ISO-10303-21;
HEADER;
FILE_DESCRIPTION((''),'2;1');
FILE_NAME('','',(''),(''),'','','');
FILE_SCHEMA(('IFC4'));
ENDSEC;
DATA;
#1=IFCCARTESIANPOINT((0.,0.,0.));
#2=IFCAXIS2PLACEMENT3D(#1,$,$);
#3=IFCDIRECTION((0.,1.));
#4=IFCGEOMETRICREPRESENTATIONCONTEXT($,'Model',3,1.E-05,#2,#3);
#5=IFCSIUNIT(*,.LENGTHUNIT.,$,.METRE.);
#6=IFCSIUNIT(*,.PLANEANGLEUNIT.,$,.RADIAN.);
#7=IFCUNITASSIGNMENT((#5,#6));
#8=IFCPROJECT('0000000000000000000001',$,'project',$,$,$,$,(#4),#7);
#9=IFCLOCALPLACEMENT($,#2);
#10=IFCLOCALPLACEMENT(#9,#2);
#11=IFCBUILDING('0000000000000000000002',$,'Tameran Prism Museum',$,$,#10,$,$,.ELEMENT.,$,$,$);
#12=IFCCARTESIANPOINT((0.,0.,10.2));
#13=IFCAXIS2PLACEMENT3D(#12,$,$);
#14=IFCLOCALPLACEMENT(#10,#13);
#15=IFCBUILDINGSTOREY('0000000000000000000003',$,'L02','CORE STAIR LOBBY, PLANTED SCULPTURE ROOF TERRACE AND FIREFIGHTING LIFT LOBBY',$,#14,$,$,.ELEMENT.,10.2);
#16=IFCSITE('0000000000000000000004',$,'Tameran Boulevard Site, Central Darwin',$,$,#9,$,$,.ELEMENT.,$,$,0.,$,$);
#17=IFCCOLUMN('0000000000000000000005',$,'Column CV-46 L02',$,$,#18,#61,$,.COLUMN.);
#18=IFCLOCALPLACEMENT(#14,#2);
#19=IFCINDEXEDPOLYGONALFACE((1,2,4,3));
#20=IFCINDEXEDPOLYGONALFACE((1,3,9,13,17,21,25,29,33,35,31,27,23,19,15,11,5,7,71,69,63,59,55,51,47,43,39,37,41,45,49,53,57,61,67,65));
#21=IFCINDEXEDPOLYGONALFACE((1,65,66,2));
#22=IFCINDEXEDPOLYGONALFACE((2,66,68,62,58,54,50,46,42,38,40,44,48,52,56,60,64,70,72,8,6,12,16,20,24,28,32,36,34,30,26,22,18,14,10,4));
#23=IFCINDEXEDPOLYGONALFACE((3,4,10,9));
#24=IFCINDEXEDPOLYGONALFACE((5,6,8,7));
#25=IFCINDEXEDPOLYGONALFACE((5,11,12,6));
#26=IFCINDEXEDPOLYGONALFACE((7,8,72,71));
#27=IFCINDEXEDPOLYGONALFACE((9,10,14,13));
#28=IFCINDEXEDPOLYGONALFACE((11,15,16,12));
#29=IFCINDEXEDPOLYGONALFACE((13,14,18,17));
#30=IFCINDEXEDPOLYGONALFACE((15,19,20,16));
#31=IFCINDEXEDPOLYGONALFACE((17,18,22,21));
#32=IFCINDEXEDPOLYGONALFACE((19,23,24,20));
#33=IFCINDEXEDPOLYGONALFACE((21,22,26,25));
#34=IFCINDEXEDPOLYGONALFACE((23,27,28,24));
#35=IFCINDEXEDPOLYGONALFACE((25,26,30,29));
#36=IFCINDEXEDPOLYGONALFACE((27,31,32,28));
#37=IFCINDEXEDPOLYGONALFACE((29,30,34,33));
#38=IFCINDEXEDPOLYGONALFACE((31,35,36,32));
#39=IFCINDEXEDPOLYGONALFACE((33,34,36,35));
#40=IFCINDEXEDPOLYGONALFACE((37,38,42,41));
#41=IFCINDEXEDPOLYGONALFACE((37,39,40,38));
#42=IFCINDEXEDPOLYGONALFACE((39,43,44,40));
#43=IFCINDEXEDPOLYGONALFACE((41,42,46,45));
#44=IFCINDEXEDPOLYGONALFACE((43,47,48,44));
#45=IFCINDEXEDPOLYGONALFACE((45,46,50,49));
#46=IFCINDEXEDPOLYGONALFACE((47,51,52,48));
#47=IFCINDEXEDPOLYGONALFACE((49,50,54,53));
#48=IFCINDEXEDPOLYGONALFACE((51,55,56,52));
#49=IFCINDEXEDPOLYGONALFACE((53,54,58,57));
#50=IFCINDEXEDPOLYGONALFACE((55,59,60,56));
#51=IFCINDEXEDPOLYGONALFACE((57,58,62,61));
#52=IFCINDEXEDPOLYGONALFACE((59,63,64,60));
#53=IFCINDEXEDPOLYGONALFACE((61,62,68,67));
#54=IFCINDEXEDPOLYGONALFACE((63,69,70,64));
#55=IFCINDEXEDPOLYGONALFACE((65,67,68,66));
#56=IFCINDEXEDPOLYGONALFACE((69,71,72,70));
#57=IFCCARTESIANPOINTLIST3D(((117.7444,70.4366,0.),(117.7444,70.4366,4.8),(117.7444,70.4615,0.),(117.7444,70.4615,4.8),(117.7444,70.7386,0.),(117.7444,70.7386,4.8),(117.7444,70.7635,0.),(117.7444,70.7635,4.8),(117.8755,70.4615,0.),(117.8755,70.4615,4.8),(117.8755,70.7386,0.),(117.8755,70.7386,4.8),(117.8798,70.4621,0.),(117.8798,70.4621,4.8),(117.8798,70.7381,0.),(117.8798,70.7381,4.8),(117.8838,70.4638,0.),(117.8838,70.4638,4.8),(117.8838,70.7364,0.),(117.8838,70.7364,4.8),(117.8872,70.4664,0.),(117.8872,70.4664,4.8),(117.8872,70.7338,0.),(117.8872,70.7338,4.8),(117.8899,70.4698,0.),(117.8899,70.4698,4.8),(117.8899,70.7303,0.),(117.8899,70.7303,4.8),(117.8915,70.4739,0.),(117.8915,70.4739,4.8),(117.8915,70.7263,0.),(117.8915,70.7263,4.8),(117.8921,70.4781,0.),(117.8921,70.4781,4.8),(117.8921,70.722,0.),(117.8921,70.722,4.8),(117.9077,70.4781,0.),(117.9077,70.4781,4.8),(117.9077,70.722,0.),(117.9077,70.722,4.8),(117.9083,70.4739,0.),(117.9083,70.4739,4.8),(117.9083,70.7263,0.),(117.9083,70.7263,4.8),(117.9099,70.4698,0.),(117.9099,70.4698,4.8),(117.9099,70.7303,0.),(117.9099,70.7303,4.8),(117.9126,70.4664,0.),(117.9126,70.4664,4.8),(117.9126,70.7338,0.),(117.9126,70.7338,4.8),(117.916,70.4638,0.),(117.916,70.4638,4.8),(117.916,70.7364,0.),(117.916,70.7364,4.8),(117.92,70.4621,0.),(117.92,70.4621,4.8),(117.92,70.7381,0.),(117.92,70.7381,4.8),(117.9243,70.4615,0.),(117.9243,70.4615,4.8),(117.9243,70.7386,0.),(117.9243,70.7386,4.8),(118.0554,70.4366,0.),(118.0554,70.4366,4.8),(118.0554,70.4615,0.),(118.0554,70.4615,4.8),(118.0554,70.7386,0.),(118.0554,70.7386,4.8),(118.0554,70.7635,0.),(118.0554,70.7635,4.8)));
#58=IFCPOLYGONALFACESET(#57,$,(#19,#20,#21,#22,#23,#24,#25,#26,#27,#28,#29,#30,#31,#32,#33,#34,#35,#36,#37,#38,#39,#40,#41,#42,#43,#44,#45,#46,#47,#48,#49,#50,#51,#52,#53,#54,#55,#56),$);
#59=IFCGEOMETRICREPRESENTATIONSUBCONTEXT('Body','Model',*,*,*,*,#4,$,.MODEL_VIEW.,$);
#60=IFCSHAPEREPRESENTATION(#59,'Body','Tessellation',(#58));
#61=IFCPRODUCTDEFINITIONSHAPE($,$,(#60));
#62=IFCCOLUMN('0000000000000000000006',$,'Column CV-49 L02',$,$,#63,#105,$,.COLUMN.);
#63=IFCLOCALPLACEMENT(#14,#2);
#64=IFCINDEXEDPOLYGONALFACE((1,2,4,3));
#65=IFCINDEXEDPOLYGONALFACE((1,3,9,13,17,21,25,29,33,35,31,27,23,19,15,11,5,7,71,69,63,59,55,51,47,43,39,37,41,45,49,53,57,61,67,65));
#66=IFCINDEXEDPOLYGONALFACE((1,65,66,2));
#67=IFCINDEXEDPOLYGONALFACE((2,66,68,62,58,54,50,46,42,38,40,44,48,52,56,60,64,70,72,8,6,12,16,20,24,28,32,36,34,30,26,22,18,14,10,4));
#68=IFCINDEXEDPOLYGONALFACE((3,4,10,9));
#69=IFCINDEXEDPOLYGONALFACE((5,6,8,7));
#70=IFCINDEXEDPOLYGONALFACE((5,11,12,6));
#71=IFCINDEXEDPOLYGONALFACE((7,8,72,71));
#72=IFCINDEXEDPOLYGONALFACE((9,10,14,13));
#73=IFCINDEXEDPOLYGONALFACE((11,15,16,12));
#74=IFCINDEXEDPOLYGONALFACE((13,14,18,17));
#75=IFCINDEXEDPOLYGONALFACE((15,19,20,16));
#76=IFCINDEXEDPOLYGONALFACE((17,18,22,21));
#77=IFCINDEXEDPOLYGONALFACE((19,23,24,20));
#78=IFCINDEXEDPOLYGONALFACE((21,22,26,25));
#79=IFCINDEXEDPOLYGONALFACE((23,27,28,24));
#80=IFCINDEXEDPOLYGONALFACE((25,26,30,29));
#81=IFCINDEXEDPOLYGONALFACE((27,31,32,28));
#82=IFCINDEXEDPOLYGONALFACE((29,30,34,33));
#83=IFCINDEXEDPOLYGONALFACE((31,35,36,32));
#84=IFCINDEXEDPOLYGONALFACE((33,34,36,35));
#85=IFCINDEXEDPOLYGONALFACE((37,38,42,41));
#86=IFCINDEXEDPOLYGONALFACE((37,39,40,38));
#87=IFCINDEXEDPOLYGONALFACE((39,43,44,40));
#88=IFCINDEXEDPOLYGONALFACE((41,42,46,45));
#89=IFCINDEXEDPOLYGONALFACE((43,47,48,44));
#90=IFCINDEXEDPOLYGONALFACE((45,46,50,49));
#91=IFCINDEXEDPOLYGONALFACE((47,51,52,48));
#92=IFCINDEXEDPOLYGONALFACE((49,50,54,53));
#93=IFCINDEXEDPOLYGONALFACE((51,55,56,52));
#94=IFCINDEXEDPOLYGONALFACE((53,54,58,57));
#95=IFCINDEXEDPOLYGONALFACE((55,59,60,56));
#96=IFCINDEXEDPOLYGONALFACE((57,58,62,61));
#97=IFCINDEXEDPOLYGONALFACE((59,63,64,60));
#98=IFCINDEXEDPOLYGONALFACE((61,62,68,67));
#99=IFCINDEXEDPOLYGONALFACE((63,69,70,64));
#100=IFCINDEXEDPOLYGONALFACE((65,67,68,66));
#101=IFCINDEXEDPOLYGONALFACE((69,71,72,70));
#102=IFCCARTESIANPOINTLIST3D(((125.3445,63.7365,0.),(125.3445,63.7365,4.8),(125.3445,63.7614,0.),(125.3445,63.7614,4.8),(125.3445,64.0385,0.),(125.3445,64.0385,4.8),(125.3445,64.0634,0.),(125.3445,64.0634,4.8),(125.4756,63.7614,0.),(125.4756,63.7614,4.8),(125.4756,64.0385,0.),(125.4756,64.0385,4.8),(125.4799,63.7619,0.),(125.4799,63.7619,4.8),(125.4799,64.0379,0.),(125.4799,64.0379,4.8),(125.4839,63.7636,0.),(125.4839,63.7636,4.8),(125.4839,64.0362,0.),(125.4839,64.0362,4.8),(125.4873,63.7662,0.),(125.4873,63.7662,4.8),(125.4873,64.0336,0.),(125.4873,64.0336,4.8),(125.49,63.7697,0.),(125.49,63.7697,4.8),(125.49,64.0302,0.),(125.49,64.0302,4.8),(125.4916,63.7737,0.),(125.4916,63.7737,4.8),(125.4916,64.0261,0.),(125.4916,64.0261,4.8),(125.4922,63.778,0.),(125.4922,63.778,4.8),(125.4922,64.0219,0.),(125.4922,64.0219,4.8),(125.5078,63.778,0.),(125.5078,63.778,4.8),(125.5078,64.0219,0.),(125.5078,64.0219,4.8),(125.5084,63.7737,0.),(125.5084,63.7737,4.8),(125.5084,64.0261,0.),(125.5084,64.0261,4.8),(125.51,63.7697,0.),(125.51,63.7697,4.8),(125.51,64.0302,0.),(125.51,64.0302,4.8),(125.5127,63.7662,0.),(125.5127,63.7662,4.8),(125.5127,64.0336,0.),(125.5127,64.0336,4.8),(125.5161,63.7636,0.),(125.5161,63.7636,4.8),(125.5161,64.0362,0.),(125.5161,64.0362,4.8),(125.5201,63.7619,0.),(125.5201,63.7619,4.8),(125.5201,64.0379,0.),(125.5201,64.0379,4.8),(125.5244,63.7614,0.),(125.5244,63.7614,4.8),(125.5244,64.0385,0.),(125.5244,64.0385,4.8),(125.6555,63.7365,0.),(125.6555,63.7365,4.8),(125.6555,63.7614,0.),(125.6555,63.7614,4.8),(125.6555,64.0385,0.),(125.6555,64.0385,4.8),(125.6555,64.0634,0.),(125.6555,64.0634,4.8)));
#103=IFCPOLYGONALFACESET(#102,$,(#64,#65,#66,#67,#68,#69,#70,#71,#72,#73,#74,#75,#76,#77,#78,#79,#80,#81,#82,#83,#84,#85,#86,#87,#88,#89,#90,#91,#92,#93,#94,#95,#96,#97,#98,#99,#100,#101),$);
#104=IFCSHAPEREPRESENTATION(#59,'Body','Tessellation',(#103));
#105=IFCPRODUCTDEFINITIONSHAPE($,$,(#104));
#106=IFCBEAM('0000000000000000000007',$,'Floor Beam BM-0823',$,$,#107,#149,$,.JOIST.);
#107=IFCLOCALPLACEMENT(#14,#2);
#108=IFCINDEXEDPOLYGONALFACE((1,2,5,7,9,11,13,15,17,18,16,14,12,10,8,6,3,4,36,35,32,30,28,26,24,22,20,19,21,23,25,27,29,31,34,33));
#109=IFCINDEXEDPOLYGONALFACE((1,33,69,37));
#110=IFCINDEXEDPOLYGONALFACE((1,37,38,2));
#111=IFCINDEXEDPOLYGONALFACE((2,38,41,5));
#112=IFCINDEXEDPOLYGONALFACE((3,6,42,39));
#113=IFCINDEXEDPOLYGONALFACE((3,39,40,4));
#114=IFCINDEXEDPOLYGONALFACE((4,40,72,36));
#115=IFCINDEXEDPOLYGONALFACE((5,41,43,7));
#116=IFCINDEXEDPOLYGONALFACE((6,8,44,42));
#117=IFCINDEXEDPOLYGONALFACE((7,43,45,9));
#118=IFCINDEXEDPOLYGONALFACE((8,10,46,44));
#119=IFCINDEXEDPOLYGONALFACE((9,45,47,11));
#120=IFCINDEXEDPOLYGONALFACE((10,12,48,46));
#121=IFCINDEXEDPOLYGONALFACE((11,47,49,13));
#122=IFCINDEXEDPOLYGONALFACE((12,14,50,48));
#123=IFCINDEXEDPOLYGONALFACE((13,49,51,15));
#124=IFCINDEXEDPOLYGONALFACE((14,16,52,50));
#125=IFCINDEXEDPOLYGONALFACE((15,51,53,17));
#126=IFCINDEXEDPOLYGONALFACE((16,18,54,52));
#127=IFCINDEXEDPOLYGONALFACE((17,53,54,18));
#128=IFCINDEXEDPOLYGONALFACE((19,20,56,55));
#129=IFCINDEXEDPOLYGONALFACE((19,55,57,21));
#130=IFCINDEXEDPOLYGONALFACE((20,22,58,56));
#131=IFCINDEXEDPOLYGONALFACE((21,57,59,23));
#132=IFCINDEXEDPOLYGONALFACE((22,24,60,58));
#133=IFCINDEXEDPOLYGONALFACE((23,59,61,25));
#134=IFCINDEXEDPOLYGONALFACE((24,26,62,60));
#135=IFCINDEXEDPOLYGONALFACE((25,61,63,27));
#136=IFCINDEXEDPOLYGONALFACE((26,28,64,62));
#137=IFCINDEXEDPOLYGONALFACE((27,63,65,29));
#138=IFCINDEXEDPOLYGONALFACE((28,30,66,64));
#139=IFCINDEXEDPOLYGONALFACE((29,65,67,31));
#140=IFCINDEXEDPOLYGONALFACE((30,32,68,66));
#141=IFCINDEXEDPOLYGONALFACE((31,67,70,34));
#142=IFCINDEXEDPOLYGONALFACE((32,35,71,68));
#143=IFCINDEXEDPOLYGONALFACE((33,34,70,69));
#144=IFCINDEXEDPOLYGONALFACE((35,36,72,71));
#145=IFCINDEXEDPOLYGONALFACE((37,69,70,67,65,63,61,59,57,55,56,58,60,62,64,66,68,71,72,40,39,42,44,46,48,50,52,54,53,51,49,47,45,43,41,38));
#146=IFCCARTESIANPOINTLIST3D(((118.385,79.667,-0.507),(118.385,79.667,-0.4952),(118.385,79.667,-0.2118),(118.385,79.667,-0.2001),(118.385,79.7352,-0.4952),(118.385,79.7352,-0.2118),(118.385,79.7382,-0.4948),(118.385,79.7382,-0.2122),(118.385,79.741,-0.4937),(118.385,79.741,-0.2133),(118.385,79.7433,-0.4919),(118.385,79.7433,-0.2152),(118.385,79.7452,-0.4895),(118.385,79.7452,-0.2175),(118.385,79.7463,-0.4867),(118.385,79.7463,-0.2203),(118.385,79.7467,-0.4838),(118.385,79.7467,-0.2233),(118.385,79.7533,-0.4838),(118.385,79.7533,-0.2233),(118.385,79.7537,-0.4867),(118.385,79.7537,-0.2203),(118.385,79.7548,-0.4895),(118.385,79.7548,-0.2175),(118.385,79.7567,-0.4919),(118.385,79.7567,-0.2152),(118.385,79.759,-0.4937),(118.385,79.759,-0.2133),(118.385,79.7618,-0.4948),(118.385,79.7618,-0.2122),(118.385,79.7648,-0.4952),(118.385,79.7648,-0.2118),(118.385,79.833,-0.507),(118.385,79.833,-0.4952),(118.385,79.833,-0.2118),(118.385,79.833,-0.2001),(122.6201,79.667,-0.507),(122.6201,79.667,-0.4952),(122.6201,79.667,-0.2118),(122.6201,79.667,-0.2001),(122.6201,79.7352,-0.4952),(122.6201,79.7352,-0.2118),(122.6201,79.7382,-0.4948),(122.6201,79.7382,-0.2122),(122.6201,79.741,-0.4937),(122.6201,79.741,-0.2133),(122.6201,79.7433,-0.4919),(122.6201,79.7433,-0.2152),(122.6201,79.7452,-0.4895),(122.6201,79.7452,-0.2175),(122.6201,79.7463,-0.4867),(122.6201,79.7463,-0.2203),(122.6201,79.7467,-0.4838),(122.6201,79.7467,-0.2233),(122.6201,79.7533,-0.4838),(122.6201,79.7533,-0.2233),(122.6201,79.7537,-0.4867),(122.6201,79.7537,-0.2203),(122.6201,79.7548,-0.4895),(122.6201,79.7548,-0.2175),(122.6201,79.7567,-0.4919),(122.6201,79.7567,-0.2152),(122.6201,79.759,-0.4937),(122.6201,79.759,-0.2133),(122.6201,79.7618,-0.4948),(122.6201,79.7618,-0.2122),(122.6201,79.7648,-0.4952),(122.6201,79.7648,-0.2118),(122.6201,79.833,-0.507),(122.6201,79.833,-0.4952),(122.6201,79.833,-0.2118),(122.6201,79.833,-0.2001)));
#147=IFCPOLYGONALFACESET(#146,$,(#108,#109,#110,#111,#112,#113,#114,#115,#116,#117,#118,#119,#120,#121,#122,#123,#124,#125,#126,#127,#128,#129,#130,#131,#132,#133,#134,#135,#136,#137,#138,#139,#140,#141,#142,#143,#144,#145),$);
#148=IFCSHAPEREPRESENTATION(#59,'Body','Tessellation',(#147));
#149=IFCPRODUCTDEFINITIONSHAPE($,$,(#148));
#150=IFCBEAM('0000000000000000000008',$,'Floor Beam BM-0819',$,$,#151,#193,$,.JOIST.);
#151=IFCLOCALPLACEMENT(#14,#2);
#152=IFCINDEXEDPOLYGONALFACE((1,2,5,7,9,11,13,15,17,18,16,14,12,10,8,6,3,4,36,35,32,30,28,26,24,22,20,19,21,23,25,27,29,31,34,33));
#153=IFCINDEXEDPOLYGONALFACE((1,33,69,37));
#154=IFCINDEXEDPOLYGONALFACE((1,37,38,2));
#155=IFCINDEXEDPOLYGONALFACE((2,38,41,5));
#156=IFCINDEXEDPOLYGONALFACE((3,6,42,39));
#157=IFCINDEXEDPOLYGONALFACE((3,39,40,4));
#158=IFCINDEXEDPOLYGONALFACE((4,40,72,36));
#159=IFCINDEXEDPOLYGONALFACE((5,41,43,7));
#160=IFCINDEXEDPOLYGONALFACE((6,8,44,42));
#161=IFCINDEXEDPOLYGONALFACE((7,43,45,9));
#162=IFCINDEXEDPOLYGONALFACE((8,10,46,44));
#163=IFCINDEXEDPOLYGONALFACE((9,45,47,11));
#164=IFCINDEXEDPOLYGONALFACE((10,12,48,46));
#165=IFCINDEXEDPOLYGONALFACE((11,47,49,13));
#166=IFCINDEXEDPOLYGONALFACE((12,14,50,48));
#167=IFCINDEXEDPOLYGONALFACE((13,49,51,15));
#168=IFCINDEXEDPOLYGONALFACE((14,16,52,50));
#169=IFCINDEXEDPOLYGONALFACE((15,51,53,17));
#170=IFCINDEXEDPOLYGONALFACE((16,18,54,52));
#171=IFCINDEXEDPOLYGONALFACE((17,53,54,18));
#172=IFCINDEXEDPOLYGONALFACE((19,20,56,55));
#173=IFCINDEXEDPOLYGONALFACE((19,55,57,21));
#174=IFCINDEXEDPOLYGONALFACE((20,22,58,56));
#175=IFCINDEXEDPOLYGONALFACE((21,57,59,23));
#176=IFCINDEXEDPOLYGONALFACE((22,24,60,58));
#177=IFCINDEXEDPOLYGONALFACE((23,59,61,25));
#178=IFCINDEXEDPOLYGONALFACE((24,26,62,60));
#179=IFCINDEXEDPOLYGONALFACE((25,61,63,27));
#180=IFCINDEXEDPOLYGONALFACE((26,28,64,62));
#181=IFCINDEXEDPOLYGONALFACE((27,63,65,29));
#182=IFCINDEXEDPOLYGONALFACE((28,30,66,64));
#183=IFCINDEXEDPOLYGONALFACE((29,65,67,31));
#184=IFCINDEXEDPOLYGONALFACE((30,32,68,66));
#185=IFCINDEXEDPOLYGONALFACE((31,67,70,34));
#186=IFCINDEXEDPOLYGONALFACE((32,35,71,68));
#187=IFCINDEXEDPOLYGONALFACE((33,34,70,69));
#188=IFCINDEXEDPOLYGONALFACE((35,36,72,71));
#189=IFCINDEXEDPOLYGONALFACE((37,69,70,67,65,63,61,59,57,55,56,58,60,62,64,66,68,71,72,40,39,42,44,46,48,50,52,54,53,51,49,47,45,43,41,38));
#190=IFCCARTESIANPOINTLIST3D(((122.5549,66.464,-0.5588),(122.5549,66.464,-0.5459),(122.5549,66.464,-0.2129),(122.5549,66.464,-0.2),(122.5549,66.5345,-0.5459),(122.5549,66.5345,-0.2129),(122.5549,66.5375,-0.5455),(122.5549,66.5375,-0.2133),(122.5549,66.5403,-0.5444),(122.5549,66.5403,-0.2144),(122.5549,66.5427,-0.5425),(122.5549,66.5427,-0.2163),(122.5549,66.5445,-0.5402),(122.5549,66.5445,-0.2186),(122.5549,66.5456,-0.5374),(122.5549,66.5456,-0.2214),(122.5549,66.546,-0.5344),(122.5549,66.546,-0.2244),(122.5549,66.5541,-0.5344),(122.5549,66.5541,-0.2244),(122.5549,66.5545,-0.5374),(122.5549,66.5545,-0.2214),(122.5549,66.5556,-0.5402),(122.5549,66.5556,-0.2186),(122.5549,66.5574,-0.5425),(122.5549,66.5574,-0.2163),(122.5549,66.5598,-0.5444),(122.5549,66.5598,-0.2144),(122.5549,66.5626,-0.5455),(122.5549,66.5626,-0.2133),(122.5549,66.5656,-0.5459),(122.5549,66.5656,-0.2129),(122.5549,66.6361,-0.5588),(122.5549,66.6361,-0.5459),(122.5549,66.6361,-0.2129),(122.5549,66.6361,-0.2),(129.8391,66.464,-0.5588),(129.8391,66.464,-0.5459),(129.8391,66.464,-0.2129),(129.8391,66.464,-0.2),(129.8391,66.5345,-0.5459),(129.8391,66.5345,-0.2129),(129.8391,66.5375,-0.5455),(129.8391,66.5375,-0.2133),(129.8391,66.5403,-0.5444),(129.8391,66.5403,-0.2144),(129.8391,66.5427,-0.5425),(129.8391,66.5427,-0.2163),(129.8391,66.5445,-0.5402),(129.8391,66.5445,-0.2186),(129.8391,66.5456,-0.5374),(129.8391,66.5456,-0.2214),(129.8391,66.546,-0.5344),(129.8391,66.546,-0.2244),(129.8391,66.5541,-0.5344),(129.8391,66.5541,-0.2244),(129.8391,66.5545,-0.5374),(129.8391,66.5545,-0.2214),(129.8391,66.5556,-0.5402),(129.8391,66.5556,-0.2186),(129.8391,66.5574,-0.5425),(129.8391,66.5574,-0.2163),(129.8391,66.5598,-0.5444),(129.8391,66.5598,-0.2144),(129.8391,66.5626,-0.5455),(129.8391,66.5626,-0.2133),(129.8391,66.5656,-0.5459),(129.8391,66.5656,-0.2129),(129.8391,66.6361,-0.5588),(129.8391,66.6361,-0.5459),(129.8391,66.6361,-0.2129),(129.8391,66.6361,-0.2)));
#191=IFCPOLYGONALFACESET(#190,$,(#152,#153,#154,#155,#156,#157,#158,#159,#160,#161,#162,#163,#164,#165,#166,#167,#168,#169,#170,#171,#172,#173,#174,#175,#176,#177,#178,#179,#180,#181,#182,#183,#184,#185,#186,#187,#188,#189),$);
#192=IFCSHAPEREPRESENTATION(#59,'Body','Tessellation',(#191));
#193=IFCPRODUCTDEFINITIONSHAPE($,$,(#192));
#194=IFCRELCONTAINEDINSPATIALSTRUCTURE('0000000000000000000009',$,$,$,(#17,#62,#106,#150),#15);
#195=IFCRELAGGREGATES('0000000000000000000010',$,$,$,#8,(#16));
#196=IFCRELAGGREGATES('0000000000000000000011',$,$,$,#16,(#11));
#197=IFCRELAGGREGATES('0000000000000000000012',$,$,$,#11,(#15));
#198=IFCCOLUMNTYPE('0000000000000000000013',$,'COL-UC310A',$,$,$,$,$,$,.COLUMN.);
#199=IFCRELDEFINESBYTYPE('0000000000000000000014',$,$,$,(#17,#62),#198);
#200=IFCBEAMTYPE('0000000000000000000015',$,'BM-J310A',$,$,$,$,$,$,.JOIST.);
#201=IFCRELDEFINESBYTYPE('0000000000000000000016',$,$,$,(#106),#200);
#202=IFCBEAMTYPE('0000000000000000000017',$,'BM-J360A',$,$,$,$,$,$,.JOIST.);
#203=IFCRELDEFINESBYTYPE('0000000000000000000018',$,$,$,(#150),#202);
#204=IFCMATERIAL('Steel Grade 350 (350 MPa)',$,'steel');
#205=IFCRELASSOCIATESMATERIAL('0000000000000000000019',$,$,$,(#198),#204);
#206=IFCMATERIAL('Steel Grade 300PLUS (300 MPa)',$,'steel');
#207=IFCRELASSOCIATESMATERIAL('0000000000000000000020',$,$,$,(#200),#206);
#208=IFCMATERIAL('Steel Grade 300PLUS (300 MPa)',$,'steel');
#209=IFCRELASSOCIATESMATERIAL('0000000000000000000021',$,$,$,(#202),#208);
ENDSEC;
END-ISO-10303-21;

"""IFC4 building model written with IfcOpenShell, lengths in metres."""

from ifc_helpers import new_model, si_unit, direction, frame, origin, origin_2d, place, context, subcontext, project, spatial, i_section, extrude, material, material_profile, profile_set, type_object, element, save


model = new_model("IFC4")

# Units and contexts
model_context = context("Model", 3, precision=1e-05, world=origin(), true_north=direction((0.0, 1.0)))
body_context = subcontext(model_context, "Body", "Model", "MODEL_VIEW")
ifc_project = project(units=[si_unit("LENGTHUNIT", "METRE"), si_unit("PLANEANGLEUNIT", "RADIAN")], contexts=[model_context])

# Site, building, storey
site_placement = place(None, origin())
site = spatial("IfcSite", under=ifc_project, at=site_placement, Name="Tameran Boulevard Site, Central Darwin", CompositionType="ELEMENT", RefElevation=0.0)
building_placement = place(site_placement, origin())
building = spatial("IfcBuilding", under=site, at=building_placement, Name="Tameran Prism Museum", CompositionType="ELEMENT")
storey_placement = place(building_placement, frame((0.0, 0.0, 10.2)))
storey = spatial("IfcBuildingStorey", under=building, at=storey_placement, Name="L02", Description="CORE STAIR LOBBY, PLANTED SCULPTURE ROOF TERRACE AND FIREFIGHTING LIFT LOBBY", CompositionType="ELEMENT", Elevation=10.2)

# Columns
ifc_material_1 = material(Name="Steel Grade 350 (350 MPa)", Category="steel")
ifc_material_profile_1 = material_profile(ifc_material_1, i_section(OverallWidth=0.311, OverallDepth=0.3269, WebThickness=0.0156, FlangeThickness=0.0249, FilletRadius=0.0166, at=origin_2d()))
ifc_profile_set_1 = profile_set([ifc_material_profile_1])
column_type = type_object("IfcColumnType", Name="COL-UC310A", PredefinedType="COLUMN", material=ifc_profile_set_1)
for number, where, z_axis, x_axis, name in (
    (1, (117.8999, 70.6001, 0.0), (0.0, 0.0, 1.0), (1.0, 0.0, 0.0), "Column CV-46 L02"),
    (2, (125.5, 63.8999, 0.0), (0.0, 0.0, 1.0), (1.0, 0.0, 0.0), "Column CV-49 L02"),
):
    element("IfcColumn", number, at=place(storey_placement, frame(where, z_axis=z_axis, x_axis=x_axis)), inside=storey, type_object=column_type, Name=name, PredefinedType="COLUMN", context=body_context, shape_type="SweptSolid", body=[
        extrude(i_section(OverallWidth=0.311, OverallDepth=0.3269, WebThickness=0.0156, FlangeThickness=0.0249, FilletRadius=0.0166, at=origin_2d()), origin(), (0.0, 0.0, 1.0), 4.8),
    ])

# Beams
ifc_material_2 = material(Name="Steel Grade 300PLUS (300 MPa)", Category="steel")
ifc_material_profile_2 = material_profile(ifc_material_2, i_section(OverallWidth=0.166, OverallDepth=0.3069, WebThickness=0.0066, FlangeThickness=0.0117, FilletRadius=0.0115, at=origin_2d()))
ifc_profile_set_2 = profile_set([ifc_material_profile_2])
beam_type_1 = type_object("IfcBeamType", Name="BM-J310A", PredefinedType="JOIST", material=ifc_profile_set_2)
beam_1_placement = place(storey_placement, frame((118.385, 79.75, -0.3535), z_axis=(1.0, 0.0, 0.0), x_axis=(0.0, 1.0, 0.0)))
element("IfcBeam", 3, at=beam_1_placement, inside=storey, type_object=beam_type_1, Name="Floor Beam BM-0823", PredefinedType="JOIST", context=body_context, shape_type="SweptSolid", body=[
    extrude(i_section(OverallWidth=0.166, OverallDepth=0.3069, WebThickness=0.0066, FlangeThickness=0.0117, FilletRadius=0.0115, at=origin_2d()), origin(), (0.0, 0.0, 1.0), 4.2351),
])
ifc_material_3 = material(Name="Steel Grade 300PLUS (300 MPa)", Category="steel")
ifc_material_profile_3 = material_profile(ifc_material_3, i_section(OverallWidth=0.1721, OverallDepth=0.3589, WebThickness=0.0081, FlangeThickness=0.0129, FilletRadius=0.0115, at=origin_2d()))
ifc_profile_set_3 = profile_set([ifc_material_profile_3])
beam_type_2 = type_object("IfcBeamType", Name="BM-J360A", PredefinedType="JOIST", material=ifc_profile_set_3)
beam_2_placement = place(storey_placement, frame((122.5549, 66.55, -0.3794), z_axis=(1.0, 0.0, 0.0), x_axis=(0.0, 1.0, 0.0)))
element("IfcBeam", 4, at=beam_2_placement, inside=storey, type_object=beam_type_2, Name="Floor Beam BM-0819", PredefinedType="JOIST", context=body_context, shape_type="SweptSolid", body=[
    extrude(i_section(OverallWidth=0.1721, OverallDepth=0.3589, WebThickness=0.0081, FlangeThickness=0.0129, FilletRadius=0.0115, at=origin_2d()), origin(), (0.0, 0.0, 1.0), 7.2842),
])

save(model, "model.ifc")
